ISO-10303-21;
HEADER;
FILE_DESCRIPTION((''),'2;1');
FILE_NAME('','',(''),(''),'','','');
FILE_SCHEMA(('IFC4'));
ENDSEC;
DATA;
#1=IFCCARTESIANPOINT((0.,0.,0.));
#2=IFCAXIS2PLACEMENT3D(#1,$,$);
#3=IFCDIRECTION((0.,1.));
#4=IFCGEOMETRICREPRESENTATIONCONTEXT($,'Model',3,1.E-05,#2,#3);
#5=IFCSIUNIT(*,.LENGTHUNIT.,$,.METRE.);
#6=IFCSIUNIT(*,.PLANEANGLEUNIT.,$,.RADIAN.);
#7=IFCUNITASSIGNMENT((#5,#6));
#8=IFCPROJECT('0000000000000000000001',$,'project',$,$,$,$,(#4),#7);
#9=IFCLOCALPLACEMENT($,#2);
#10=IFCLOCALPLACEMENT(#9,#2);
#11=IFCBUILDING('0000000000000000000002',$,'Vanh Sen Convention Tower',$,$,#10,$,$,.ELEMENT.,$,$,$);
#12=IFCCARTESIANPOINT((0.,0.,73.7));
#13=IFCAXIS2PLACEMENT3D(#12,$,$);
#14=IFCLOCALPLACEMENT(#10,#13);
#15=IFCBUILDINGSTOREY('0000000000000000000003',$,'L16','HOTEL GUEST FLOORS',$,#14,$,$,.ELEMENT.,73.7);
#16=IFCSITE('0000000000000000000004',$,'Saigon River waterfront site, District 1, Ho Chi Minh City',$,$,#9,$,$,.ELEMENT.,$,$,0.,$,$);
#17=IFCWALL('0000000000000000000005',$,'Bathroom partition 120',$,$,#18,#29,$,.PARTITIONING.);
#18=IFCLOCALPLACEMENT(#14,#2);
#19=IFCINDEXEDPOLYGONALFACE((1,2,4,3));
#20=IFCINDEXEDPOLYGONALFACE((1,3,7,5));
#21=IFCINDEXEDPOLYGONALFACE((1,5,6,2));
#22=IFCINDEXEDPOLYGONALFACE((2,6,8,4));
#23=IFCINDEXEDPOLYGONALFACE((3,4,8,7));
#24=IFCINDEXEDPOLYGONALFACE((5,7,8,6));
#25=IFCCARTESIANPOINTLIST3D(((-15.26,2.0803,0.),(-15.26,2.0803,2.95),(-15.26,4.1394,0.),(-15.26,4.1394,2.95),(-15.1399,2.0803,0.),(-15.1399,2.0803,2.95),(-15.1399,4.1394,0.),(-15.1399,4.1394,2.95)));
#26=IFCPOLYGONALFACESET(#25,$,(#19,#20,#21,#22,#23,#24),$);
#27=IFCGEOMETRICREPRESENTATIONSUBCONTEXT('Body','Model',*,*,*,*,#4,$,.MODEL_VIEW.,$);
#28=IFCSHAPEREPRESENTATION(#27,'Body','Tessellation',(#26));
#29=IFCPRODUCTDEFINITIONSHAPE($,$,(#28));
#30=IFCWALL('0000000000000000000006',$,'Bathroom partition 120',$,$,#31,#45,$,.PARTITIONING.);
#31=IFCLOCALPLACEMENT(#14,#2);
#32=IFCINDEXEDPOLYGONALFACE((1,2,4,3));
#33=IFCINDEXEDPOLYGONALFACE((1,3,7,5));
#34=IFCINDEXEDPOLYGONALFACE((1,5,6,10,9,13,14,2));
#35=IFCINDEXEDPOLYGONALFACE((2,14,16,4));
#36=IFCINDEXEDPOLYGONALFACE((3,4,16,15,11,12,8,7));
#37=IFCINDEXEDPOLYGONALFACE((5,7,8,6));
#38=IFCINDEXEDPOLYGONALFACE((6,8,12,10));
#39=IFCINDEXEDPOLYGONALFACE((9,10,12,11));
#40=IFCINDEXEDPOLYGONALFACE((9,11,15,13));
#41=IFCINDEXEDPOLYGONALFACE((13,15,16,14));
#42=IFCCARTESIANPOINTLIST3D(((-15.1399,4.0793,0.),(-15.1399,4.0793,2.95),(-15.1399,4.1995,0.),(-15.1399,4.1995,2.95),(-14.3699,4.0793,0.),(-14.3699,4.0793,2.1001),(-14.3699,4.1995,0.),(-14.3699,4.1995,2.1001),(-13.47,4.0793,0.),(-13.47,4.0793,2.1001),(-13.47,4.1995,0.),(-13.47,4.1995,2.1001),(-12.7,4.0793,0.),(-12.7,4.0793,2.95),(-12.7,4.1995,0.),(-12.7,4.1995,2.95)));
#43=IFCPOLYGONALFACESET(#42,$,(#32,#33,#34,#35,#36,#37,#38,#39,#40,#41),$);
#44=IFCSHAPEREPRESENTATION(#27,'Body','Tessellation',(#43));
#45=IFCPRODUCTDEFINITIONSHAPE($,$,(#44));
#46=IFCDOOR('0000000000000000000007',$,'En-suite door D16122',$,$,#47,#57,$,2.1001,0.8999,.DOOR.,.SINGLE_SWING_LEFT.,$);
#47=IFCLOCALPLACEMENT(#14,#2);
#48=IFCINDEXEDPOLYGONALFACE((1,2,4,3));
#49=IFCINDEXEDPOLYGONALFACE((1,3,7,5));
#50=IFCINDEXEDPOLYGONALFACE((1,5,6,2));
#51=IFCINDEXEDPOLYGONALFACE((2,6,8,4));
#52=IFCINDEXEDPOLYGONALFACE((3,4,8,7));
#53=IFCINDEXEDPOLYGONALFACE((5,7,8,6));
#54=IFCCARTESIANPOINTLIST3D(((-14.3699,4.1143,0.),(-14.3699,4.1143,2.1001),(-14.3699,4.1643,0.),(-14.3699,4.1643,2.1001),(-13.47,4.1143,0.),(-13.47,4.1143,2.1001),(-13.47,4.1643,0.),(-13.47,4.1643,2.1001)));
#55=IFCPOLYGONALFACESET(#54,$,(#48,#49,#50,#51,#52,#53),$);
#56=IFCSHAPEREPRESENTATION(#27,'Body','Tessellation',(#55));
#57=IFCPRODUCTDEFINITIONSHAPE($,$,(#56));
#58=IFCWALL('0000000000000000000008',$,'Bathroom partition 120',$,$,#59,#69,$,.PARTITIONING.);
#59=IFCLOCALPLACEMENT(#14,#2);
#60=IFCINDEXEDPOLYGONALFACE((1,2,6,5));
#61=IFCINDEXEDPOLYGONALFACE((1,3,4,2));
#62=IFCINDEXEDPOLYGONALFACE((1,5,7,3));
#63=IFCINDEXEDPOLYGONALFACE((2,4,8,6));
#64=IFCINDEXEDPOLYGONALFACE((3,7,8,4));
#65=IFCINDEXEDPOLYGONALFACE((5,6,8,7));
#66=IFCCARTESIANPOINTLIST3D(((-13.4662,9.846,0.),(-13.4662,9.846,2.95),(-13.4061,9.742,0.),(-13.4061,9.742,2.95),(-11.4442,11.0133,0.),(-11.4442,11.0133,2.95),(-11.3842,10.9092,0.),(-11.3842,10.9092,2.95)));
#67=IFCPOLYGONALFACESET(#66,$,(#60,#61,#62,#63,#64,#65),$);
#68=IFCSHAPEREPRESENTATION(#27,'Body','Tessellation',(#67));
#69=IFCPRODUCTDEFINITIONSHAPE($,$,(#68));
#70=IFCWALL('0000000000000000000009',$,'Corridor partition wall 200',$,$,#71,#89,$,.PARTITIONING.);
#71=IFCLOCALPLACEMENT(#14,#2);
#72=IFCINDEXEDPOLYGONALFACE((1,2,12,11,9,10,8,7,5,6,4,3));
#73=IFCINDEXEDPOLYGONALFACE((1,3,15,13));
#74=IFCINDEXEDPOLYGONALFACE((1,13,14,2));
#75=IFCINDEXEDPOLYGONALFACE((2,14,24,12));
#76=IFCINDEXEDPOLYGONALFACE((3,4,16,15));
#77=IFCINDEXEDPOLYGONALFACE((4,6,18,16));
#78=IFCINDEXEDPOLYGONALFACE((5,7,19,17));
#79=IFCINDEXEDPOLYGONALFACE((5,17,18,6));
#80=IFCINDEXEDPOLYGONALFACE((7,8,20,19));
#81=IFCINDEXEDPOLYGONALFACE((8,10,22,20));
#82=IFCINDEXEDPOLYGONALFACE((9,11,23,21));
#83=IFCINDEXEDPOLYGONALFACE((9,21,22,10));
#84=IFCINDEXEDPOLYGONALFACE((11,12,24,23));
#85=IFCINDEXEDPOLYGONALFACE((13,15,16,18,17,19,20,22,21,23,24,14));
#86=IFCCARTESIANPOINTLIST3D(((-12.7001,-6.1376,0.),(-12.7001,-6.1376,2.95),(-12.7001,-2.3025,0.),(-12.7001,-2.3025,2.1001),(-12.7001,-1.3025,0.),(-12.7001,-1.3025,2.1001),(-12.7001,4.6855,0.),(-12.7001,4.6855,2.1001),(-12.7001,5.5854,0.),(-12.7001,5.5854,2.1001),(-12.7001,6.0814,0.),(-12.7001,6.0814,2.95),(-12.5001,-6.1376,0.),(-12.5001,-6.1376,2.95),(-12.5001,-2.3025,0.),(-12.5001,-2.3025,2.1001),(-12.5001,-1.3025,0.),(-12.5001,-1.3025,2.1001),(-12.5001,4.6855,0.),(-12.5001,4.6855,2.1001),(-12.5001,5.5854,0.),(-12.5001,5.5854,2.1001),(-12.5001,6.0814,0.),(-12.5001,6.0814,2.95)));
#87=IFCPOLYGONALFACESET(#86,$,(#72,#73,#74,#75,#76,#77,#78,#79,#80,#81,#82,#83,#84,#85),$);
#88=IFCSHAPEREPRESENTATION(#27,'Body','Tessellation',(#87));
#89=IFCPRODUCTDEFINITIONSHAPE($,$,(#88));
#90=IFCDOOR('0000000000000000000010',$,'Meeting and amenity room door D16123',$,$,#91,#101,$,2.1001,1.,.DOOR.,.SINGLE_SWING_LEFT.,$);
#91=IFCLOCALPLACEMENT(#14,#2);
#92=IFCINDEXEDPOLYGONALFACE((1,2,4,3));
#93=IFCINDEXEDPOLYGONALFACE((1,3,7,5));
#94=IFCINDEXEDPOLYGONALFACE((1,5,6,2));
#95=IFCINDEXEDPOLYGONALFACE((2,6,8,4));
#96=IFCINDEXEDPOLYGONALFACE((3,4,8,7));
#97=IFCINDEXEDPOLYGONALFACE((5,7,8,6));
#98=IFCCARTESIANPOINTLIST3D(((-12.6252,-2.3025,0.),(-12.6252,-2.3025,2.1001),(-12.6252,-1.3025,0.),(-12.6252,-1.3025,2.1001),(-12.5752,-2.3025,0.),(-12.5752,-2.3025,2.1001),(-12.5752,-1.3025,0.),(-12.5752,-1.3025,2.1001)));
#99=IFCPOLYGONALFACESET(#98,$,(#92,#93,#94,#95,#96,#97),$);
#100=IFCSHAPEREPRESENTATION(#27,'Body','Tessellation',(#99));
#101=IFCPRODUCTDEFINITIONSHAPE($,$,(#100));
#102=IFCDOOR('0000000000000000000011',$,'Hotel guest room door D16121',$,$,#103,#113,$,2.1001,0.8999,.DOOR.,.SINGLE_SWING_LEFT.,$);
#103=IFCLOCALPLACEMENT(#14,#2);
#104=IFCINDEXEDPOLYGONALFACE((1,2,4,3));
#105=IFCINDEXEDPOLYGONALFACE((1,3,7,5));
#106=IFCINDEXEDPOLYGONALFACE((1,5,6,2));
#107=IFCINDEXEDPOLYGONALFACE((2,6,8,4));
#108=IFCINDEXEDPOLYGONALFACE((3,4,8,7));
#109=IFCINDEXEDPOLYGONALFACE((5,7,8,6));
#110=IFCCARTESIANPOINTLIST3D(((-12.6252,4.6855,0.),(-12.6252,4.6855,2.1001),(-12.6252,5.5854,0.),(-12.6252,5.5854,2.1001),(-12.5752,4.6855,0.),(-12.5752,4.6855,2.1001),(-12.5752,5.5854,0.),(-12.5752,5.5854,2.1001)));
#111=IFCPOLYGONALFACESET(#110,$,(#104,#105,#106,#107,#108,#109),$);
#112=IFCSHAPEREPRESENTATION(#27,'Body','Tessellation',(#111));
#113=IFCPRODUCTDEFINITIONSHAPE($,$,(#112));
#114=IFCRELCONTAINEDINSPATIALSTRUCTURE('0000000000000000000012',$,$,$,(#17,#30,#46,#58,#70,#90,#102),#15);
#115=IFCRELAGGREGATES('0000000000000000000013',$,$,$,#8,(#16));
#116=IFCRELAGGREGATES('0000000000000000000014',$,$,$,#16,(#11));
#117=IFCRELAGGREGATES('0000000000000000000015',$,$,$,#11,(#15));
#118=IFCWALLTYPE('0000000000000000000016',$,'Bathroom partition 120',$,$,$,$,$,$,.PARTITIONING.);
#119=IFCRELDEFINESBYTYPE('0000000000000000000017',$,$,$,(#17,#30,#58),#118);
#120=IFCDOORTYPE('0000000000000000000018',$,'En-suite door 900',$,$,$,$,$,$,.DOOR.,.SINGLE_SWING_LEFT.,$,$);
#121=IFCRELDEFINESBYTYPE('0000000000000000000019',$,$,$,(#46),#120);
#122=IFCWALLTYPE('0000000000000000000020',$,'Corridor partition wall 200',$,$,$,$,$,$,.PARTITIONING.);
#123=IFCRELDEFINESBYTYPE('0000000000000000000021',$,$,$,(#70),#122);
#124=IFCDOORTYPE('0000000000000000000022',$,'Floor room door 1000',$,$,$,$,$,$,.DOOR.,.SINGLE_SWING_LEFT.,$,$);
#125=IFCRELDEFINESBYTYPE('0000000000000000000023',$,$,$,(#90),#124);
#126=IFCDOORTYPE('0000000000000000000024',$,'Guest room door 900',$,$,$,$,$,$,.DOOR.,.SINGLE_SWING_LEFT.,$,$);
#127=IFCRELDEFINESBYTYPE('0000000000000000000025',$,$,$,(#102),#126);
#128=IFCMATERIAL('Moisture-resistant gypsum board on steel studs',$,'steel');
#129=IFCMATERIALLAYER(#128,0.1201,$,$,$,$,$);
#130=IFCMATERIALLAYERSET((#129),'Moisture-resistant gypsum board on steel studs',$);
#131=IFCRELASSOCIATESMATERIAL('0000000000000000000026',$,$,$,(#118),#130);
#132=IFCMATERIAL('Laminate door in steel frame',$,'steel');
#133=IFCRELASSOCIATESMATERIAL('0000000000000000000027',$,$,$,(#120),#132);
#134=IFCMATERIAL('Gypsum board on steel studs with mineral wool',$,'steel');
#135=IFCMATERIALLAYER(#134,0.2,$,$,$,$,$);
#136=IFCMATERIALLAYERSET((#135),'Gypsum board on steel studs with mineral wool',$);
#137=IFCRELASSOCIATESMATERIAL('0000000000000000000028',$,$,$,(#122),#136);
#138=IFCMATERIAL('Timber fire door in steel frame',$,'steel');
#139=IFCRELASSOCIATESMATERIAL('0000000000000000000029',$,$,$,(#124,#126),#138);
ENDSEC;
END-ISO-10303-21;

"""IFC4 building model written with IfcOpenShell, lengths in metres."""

from ifc_helpers import new_model, si_unit, direction, frame, frame_2d, origin, place, context, subcontext, project, spatial, rectangle, extrude, material, layer, layer_set, type_object, element, fill, save


model = new_model("IFC4")

# Units and contexts
model_context = context("Model", 3, precision=1e-05, world=origin(), true_north=direction((0.0, 1.0)))
body_context = subcontext(model_context, "Body", "Model", "MODEL_VIEW")
ifc_project = project(units=[si_unit("LENGTHUNIT", "METRE"), si_unit("PLANEANGLEUNIT", "RADIAN")], contexts=[model_context])

# Site, building, storey
site_placement = place(None, origin())
site = spatial("IfcSite", under=ifc_project, at=site_placement, Name="Saigon River waterfront site, District 1, Ho Chi Minh City", CompositionType="ELEMENT", RefElevation=0.0)
building_placement = place(site_placement, origin())
building = spatial("IfcBuilding", under=site, at=building_placement, Name="Vanh Sen Convention Tower", CompositionType="ELEMENT")
storey_placement = place(building_placement, frame((0.0, 0.0, 73.7)))
storey = spatial("IfcBuildingStorey", under=building, at=storey_placement, Name="L16", Description="HOTEL GUEST FLOORS", CompositionType="ELEMENT", Elevation=73.7)

# Wall
ifc_material_1 = material(Name="Moisture-resistant gypsum board on steel studs", Category="steel")
ifc_layer_1 = layer(ifc_material_1, 0.1201)
ifc_layer_set_1 = layer_set([ifc_layer_1], Name="Moisture-resistant gypsum board on steel studs")
wall_type_1 = type_object("IfcWallType", Name="Bathroom partition 120", PredefinedType="PARTITIONING", material=ifc_layer_set_1)
wall_1_placement = place(storey_placement, frame((-15.2, 2.0803, 0.0), z_axis=(0.0, 0.0, 1.0), x_axis=(0.0, 1.0, 0.0)))
element("IfcWall", 1, at=wall_1_placement, inside=storey, type_object=wall_type_1, Name="Bathroom partition 120", PredefinedType="PARTITIONING", context=body_context, shape_type="SweptSolid", body=[
    extrude(rectangle(XDim=2.0591, YDim=0.1201, at=frame_2d((1.0295, 0.0))), origin(), (0.0, 0.0, 1.0), 2.95),
])

# Wall, opening, door
wall_2_placement = place(storey_placement, frame((-15.1399, 4.1394, 0.0), z_axis=(0.0, 0.0, 1.0), x_axis=(1.0, 0.0, 0.0)))
wall_2 = element("IfcWall", 2, at=wall_2_placement, inside=storey, type_object=wall_type_1, Name="Bathroom partition 120", PredefinedType="PARTITIONING", context=body_context, shape_type="SweptSolid", body=[
    extrude(rectangle(XDim=2.4399, YDim=0.1201, at=frame_2d((1.22, 0.0))), origin(), (0.0, 0.0, 1.0), 2.95),
])
opening_1_placement = place(wall_2_placement, frame((0.77, 0.0, 0.0)))
opening_1 = element("IfcOpeningElement", 3, at=opening_1_placement, cuts=wall_2, PredefinedType="OPENING", context=body_context, shape_type="SweptSolid", body=[
    extrude(rectangle(XDim=0.8999, YDim=2.1001, at=frame_2d((0.45, 1.05))), frame((0.0, 0.0701, 0.0), z_axis=(0.0, -1.0, 0.0), x_axis=(1.0, 0.0, 0.0)), (0.0, 0.0, 1.0), 0.1401),
])
ifc_material_2 = material(Name="Laminate door in steel frame", Category="steel")
door_type_1 = type_object("IfcDoorType", Name="En-suite door 900", OperationType="SINGLE_SWING_LEFT", PredefinedType="DOOR", material=ifc_material_2)
door_1_placement = place(opening_1_placement, origin())
door_1 = element("IfcDoor", 4, at=door_1_placement, inside=storey, type_object=door_type_1, Name="En-suite door D16122", OperationType="SINGLE_SWING_LEFT", OverallHeight=2.1001, OverallWidth=0.8999, PredefinedType="DOOR", context=body_context, shape_type="SweptSolid", body=[
    extrude(rectangle(XDim=0.8999, YDim=2.1001, at=frame_2d((0.45, 1.05))), frame((0.0, 0.0249, 0.0), z_axis=(0.0, -1.0, 0.0), x_axis=(1.0, 0.0, 0.0)), (0.0, 0.0, 1.0), 0.05),
])
fill(opening_1, door_1)

# Wall
wall_3_placement = place(storey_placement, frame((-13.4363, 9.7939, 0.0), z_axis=(0.0, 0.0, 1.0), x_axis=(0.866053, 0.499952, 0.0)))
element("IfcWall", 5, at=wall_3_placement, inside=storey, type_object=wall_type_1, Name="Bathroom partition 120", PredefinedType="PARTITIONING", context=body_context, shape_type="SweptSolid", body=[
    extrude(rectangle(XDim=2.3347, YDim=0.1201, at=frame_2d((1.1675, 0.0))), origin(), (0.0, 0.0, 1.0), 2.95),
])

# Wall, openings, doors
ifc_material_3 = material(Name="Gypsum board on steel studs with mineral wool", Category="steel")
ifc_layer_2 = layer(ifc_material_3, 0.2)
ifc_layer_set_2 = layer_set([ifc_layer_2], Name="Gypsum board on steel studs with mineral wool")
wall_type_2 = type_object("IfcWallType", Name="Corridor partition wall 200", PredefinedType="PARTITIONING", material=ifc_layer_set_2)
wall_4_placement = place(storey_placement, frame((-12.6001, 6.0813, 0.0), z_axis=(0.0, 0.0, 1.0), x_axis=(0.0, -1.0, 0.0)))
wall_4 = element("IfcWall", 6, at=wall_4_placement, inside=storey, type_object=wall_type_2, Name="Corridor partition wall 200", PredefinedType="PARTITIONING", context=body_context, shape_type="SweptSolid", body=[
    extrude(rectangle(XDim=12.219, YDim=0.2, at=frame_2d((6.1094, 0.0))), origin(), (0.0, 0.0, 1.0), 2.95),
])
opening_2_placement = place(wall_4_placement, frame((0.4958, 0.0, 0.0)))
opening_2 = element("IfcOpeningElement", 7, at=opening_2_placement, cuts=wall_4, PredefinedType="OPENING", context=body_context, shape_type="SweptSolid", body=[
    extrude(rectangle(XDim=0.8999, YDim=2.1001, at=frame_2d((0.45, 1.05))), frame((0.0, 0.1099, 0.0), z_axis=(0.0, -1.0, 0.0), x_axis=(1.0, 0.0, 0.0)), (0.0, 0.0, 1.0), 0.22),
])
opening_3_placement = place(wall_4_placement, frame((7.3838, 0.0, 0.0)))
opening_3 = element("IfcOpeningElement", 8, at=opening_3_placement, cuts=wall_4, PredefinedType="OPENING", context=body_context, shape_type="SweptSolid", body=[
    extrude(rectangle(XDim=1.0, YDim=2.1001, at=frame_2d((0.5, 1.05))), frame((0.0, 0.1099, 0.0), z_axis=(0.0, -1.0, 0.0), x_axis=(1.0, 0.0, 0.0)), (0.0, 0.0, 1.0), 0.22),
])
ifc_material_4 = material(Name="Timber fire door in steel frame", Category="steel")
door_type_2 = type_object("IfcDoorType", Name="Floor room door 1000", OperationType="SINGLE_SWING_LEFT", PredefinedType="DOOR", material=ifc_material_4)
door_2_placement = place(opening_3_placement, origin())
door_2 = element("IfcDoor", 9, at=door_2_placement, inside=storey, type_object=door_type_2, Name="Meeting and amenity room door D16123", OperationType="SINGLE_SWING_LEFT", OverallHeight=2.1001, OverallWidth=1.0, PredefinedType="DOOR", context=body_context, shape_type="SweptSolid", body=[
    extrude(rectangle(XDim=1.0, YDim=2.1001, at=frame_2d((0.5, 1.05))), frame((0.0, 0.0249, 0.0), z_axis=(0.0, -1.0, 0.0), x_axis=(1.0, 0.0, 0.0)), (0.0, 0.0, 1.0), 0.05),
])
fill(opening_3, door_2)
door_type_3 = type_object("IfcDoorType", Name="Guest room door 900", OperationType="SINGLE_SWING_LEFT", PredefinedType="DOOR", material=ifc_material_4)
door_3_placement = place(opening_2_placement, origin())
door_3 = element("IfcDoor", 10, at=door_3_placement, inside=storey, type_object=door_type_3, Name="Hotel guest room door D16121", OperationType="SINGLE_SWING_LEFT", OverallHeight=2.1001, OverallWidth=0.8999, PredefinedType="DOOR", context=body_context, shape_type="SweptSolid", body=[
    extrude(rectangle(XDim=0.8999, YDim=2.1001, at=frame_2d((0.45, 1.05))), frame((0.0, 0.0249, 0.0), z_axis=(0.0, -1.0, 0.0), x_axis=(1.0, 0.0, 0.0)), (0.0, 0.0, 1.0), 0.05),
])
fill(opening_2, door_3)

save(model, "model.ifc")
